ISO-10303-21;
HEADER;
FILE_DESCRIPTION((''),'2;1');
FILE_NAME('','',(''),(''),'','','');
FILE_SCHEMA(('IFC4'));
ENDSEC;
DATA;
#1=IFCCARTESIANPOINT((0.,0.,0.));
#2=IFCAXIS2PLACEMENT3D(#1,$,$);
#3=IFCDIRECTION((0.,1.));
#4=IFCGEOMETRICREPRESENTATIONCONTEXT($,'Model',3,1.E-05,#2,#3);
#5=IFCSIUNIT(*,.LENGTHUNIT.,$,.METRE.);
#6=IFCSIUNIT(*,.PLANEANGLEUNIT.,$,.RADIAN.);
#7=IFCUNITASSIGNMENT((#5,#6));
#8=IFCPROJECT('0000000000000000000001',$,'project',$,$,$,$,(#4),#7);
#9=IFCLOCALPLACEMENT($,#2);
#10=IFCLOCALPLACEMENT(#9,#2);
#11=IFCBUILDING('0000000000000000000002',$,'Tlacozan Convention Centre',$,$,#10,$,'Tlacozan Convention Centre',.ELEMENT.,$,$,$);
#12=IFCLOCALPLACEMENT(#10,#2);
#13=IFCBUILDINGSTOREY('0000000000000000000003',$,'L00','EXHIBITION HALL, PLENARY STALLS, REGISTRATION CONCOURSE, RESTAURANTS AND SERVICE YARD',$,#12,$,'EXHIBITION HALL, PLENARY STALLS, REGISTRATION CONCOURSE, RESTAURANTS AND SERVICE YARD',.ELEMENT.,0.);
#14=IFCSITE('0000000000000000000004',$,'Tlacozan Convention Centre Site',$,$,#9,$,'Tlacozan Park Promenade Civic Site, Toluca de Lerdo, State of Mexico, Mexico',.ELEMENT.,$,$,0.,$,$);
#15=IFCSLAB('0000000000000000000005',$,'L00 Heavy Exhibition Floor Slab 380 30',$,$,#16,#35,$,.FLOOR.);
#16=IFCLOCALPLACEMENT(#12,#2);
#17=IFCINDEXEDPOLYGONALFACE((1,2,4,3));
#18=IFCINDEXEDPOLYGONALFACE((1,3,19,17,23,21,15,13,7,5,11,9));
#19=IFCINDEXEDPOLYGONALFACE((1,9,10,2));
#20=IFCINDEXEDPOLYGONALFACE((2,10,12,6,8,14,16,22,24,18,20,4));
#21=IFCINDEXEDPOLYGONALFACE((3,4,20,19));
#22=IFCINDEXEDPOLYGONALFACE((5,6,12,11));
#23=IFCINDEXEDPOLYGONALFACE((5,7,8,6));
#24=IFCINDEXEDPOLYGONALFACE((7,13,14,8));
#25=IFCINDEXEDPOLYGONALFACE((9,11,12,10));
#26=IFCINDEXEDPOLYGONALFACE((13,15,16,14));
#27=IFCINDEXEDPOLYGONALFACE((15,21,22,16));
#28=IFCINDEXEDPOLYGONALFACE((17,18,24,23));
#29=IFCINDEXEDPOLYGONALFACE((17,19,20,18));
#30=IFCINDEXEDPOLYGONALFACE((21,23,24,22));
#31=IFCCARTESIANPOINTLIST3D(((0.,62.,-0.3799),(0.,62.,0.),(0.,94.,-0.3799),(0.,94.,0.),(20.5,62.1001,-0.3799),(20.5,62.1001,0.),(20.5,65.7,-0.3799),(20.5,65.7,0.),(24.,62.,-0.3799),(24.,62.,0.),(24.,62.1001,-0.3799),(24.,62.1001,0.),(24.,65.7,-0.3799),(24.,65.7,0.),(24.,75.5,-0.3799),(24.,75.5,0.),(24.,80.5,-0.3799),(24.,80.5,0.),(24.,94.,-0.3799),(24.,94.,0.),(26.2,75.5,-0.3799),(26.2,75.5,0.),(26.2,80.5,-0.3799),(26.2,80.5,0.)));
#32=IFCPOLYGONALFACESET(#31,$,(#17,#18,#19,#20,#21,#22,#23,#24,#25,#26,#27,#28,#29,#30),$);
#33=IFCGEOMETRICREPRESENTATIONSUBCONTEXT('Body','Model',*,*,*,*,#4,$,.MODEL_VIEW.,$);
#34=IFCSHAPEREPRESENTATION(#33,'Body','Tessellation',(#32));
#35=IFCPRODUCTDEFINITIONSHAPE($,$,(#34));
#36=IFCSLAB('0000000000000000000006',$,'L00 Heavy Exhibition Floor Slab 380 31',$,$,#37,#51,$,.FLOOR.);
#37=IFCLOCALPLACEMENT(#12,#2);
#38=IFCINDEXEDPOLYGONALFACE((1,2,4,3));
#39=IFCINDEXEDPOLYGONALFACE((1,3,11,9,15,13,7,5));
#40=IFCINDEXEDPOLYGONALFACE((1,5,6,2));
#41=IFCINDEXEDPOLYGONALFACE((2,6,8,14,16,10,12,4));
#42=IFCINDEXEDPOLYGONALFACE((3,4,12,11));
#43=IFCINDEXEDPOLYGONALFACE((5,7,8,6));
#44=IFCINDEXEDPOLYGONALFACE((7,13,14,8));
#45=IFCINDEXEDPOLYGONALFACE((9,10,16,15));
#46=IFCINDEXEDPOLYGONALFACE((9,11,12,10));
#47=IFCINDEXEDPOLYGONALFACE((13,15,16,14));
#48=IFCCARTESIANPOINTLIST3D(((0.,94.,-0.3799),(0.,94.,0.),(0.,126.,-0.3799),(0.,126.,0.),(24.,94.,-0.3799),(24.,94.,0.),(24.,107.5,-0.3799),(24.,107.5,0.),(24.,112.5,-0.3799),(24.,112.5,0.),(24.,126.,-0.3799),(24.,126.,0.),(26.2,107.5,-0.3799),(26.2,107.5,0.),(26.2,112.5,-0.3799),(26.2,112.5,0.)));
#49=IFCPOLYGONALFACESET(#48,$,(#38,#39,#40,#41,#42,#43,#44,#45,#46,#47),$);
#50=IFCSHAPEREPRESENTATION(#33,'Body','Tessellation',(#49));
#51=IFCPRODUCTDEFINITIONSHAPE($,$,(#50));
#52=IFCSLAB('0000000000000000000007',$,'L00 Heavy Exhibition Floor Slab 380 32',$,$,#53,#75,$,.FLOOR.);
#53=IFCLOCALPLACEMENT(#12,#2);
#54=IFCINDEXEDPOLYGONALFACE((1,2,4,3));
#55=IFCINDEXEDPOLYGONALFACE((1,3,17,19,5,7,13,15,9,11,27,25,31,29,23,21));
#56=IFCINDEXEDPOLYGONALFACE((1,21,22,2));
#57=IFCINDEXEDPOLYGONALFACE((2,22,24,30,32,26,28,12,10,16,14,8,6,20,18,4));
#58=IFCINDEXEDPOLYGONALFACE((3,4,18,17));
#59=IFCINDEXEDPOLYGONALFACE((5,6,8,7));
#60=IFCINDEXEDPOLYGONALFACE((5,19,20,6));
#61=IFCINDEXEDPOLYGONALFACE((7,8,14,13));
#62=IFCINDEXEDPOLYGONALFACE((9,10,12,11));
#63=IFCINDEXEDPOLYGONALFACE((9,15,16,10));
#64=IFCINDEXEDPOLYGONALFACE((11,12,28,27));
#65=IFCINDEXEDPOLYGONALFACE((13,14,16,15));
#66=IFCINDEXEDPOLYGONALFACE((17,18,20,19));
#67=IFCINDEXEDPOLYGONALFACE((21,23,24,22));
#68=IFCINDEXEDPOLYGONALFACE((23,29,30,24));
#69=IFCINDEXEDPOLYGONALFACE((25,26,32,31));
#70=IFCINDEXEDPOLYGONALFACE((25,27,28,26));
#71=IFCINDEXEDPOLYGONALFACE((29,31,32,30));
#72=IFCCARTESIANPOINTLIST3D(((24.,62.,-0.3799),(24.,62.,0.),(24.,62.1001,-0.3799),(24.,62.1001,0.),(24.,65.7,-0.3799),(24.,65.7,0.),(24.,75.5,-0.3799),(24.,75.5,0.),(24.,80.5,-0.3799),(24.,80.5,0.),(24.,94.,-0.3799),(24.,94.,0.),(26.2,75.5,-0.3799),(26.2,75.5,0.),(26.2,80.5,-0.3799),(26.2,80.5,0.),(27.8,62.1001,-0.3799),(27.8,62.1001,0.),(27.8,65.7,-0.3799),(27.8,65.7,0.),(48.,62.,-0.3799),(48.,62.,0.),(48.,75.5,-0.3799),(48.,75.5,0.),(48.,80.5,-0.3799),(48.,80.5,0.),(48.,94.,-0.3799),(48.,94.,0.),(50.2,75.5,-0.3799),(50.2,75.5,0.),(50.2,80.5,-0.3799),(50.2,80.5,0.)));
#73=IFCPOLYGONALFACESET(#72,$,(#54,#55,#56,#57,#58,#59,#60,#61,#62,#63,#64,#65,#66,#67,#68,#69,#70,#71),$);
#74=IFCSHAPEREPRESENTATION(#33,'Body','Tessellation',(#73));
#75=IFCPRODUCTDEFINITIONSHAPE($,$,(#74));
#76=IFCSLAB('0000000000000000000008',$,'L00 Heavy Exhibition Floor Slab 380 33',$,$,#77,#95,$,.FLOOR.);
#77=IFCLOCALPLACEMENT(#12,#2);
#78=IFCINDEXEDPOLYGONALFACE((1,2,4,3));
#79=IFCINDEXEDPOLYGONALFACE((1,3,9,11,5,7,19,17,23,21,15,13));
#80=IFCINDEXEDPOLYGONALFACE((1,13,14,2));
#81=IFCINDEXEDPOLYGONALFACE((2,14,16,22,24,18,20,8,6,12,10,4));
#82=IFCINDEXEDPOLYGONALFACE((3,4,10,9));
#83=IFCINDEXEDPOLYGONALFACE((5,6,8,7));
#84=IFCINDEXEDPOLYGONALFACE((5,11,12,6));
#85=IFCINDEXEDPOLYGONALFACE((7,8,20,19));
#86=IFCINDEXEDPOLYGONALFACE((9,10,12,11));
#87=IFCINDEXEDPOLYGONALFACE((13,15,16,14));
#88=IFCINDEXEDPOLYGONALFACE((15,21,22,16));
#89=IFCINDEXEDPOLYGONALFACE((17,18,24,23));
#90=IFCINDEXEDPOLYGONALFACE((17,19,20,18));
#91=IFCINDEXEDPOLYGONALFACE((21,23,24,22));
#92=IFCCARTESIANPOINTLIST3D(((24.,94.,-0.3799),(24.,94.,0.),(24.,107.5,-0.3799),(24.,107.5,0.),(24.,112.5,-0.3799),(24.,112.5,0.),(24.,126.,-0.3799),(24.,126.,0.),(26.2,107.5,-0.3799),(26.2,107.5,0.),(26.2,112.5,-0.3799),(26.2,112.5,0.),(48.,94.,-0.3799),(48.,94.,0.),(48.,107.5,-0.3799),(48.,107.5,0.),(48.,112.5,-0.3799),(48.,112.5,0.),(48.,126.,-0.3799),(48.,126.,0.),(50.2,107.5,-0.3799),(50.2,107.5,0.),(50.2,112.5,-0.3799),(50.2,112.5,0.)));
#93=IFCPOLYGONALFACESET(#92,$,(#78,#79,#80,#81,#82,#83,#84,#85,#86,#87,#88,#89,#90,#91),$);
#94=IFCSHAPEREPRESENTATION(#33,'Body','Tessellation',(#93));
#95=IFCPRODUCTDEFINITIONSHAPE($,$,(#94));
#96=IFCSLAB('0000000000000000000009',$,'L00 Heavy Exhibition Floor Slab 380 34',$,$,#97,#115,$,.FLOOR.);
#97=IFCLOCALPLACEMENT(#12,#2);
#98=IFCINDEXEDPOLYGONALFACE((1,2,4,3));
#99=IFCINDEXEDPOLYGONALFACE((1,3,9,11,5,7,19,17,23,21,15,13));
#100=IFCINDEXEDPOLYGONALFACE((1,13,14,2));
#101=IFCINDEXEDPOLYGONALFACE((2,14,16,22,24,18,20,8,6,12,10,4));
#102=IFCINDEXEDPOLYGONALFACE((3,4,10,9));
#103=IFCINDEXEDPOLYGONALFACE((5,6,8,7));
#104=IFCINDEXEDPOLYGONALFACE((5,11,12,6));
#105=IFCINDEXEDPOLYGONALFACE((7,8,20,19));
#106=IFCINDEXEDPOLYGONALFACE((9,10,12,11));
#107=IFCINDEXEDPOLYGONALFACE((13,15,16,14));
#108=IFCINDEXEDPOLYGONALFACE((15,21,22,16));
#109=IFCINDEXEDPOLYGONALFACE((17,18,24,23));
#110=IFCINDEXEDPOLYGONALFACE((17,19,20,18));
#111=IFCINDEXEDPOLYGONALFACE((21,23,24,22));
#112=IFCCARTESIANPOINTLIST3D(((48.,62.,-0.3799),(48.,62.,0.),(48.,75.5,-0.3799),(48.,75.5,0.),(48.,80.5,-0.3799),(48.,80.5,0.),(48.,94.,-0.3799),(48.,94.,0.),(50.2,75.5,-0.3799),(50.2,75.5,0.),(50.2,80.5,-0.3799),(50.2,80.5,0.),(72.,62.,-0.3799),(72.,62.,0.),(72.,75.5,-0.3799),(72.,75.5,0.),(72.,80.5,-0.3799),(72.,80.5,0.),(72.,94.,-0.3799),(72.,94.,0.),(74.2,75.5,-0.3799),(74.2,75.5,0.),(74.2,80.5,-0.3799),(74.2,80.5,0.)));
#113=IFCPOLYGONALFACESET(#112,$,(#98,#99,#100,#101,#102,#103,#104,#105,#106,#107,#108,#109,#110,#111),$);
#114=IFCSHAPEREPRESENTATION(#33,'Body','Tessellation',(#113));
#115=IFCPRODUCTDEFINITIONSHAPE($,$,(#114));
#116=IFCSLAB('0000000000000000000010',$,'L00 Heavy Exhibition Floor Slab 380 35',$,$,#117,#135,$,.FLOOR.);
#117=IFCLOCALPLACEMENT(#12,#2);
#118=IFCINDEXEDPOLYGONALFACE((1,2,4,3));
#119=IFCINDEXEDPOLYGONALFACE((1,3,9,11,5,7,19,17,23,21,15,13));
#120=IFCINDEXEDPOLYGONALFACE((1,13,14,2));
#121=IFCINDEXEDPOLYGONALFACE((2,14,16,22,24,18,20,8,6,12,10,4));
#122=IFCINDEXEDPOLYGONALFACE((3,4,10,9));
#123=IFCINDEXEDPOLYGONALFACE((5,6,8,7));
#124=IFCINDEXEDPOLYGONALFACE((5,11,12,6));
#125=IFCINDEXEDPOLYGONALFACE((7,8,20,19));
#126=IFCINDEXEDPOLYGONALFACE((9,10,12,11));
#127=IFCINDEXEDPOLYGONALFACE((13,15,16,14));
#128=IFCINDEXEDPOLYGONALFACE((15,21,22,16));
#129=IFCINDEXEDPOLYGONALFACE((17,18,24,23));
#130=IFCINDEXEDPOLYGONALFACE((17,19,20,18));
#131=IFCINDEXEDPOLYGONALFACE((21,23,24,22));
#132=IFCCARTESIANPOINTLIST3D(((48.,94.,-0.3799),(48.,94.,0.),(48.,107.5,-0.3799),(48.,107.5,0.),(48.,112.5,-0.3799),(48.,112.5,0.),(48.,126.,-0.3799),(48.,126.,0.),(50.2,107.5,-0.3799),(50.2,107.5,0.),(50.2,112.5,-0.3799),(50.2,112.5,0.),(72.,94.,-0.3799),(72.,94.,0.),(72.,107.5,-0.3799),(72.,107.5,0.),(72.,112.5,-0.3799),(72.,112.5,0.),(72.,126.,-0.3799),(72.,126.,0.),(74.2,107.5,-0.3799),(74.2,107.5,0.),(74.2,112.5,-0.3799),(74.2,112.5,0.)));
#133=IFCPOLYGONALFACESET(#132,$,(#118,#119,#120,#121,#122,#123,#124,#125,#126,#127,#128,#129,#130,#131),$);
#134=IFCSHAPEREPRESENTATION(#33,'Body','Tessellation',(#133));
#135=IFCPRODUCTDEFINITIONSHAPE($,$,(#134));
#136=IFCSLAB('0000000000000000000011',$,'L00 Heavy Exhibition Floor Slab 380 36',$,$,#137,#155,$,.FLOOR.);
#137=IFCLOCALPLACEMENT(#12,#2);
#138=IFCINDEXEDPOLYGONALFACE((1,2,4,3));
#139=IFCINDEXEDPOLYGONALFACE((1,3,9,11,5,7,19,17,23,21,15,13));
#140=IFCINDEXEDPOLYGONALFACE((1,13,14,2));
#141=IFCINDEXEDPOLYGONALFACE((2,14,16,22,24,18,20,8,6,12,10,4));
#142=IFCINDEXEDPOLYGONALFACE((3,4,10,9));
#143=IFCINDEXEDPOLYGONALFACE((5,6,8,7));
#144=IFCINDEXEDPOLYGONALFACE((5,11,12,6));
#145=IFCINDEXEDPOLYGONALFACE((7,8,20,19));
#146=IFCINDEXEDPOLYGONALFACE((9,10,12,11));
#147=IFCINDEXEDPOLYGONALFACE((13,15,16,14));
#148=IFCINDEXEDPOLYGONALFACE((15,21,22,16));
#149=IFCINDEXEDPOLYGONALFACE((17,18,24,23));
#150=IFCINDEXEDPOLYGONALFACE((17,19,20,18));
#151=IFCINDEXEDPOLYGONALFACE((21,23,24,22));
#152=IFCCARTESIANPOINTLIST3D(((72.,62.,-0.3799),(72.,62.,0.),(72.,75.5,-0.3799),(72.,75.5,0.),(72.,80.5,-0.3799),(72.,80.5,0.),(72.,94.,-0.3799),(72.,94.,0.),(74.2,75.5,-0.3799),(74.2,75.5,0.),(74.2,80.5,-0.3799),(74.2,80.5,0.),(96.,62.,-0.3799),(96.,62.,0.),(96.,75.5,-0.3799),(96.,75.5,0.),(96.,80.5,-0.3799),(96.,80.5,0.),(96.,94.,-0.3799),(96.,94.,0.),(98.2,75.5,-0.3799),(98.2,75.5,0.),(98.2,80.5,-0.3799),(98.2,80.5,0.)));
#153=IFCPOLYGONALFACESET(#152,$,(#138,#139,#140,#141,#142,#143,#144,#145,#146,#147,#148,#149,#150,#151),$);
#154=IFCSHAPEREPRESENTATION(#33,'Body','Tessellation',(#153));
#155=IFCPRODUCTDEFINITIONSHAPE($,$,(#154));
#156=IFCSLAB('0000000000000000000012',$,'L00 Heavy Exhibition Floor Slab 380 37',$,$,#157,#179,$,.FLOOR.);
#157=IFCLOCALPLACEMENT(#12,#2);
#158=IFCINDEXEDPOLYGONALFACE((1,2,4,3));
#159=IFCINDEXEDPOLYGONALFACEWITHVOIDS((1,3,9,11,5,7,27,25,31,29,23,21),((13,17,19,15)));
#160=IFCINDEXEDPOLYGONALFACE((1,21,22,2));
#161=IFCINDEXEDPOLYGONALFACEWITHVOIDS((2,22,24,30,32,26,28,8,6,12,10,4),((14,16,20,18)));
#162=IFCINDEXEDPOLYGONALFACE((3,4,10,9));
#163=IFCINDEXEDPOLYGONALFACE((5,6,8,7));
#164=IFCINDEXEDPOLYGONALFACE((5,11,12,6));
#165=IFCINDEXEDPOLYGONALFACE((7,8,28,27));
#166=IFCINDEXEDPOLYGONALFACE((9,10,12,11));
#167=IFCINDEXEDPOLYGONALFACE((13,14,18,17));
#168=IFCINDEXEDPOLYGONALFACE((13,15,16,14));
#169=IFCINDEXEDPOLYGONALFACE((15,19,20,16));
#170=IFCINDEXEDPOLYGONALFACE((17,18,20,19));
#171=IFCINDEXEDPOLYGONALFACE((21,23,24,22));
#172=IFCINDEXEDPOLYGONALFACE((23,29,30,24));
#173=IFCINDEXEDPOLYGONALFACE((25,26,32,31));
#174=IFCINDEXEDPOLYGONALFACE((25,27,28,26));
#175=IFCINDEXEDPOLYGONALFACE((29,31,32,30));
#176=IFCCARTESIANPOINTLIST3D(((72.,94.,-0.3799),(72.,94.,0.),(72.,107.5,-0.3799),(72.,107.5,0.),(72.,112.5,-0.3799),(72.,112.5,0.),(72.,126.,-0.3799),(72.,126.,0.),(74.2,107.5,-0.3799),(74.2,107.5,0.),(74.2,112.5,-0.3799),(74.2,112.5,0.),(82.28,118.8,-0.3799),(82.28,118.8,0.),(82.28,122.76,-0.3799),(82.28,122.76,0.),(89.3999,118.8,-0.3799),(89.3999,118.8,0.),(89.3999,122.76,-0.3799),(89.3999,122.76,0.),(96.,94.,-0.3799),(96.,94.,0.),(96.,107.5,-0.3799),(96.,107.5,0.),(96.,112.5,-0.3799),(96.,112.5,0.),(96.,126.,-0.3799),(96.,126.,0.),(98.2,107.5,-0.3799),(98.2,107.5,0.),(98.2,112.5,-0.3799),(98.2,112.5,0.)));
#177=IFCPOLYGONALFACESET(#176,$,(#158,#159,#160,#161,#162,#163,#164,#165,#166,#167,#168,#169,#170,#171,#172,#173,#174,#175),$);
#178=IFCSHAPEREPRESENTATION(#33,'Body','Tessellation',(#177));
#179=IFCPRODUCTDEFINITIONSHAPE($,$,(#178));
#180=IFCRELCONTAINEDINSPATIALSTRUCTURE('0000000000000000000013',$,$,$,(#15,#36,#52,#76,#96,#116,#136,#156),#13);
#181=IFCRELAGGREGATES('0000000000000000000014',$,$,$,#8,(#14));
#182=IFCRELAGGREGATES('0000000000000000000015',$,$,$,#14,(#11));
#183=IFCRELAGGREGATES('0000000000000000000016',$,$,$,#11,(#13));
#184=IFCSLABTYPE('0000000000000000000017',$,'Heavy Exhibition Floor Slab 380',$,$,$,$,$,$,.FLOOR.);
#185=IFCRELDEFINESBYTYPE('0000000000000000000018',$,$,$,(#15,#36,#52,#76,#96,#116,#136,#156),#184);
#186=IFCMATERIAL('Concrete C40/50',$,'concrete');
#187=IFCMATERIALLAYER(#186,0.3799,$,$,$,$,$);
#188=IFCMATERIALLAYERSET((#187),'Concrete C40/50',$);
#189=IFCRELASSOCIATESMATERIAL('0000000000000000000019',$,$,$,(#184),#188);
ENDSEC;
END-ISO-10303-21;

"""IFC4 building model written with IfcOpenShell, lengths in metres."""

from ifc_helpers import new_model, si_unit, direction, frame, origin, place, context, subcontext, project, spatial, polyline, outline, extrude, material, layer, layer_set, type_object, element, save


model = new_model("IFC4")

# Units and contexts
model_context = context("Model", 3, precision=1e-05, world=origin(), true_north=direction((0.0, 1.0)))
body_context = subcontext(model_context, "Body", "Model", "MODEL_VIEW")
ifc_project = project(units=[si_unit("LENGTHUNIT", "METRE"), si_unit("PLANEANGLEUNIT", "RADIAN")], contexts=[model_context])

# Site, building, storey
site_placement = place(None, origin())
site = spatial("IfcSite", under=ifc_project, at=site_placement, Name="Tlacozan Convention Centre Site", LongName="Tlacozan Park Promenade Civic Site, Toluca de Lerdo, State of Mexico, Mexico", CompositionType="ELEMENT", RefElevation=0.0)
building_placement = place(site_placement, origin())
building = spatial("IfcBuilding", under=site, at=building_placement, Name="Tlacozan Convention Centre", LongName="Tlacozan Convention Centre", CompositionType="ELEMENT")
storey_placement = place(building_placement, origin())
storey = spatial("IfcBuildingStorey", under=building, at=storey_placement, Name="L00", Description="EXHIBITION HALL, PLENARY STALLS, REGISTRATION CONCOURSE, RESTAURANTS AND SERVICE YARD", LongName="EXHIBITION HALL, PLENARY STALLS, REGISTRATION CONCOURSE, RESTAURANTS AND SERVICE YARD", CompositionType="ELEMENT", Elevation=0.0)

# Slabs
ifc_material = material(Name="Concrete C40/50", Category="concrete")
ifc_layer_1 = layer(ifc_material, 0.3799)
ifc_layer_set_1 = layer_set([ifc_layer_1], Name="Concrete C40/50")
slab_type_1 = type_object("IfcSlabType", Name="Heavy Exhibition Floor Slab 380", PredefinedType="FLOOR", material=ifc_layer_set_1)
slab_1_placement = place(storey_placement, frame((0.0, 0.0, -0.3799)))
element("IfcSlab", 1, at=slab_1_placement, inside=storey, type_object=slab_type_1, Name="L00 Heavy Exhibition Floor Slab 380 30", PredefinedType="FLOOR", context=body_context, shape_type="SweptSolid", body=[
    extrude(outline(polyline([(0.0, 62.0), (0.0, 94.0), (24.0, 94.0), (24.0, 80.5), (26.2, 80.5), (26.2, 75.5), (24.0, 75.5), (24.0, 65.7), (20.5, 65.7), (20.5, 62.1001), (24.0, 62.1001), (24.0, 62.0), (0.0, 62.0)])), origin(), (0.0, 0.0, 1.0), 0.3799),
])
slab_2_placement = place(storey_placement, frame((0.0, 0.0, -0.3799)))
element("IfcSlab", 2, at=slab_2_placement, inside=storey, type_object=slab_type_1, Name="L00 Heavy Exhibition Floor Slab 380 31", PredefinedType="FLOOR", context=body_context, shape_type="SweptSolid", body=[
    extrude(outline(polyline([(0.0, 94.0), (0.0, 126.0), (24.0, 126.0), (24.0, 112.5), (26.2, 112.5), (26.2, 107.5), (24.0, 107.5), (24.0, 94.0), (0.0, 94.0)])), origin(), (0.0, 0.0, 1.0), 0.3799),
])
slab_3_placement = place(storey_placement, frame((0.0, 0.0, -0.3799)))
element("IfcSlab", 3, at=slab_3_placement, inside=storey, type_object=slab_type_1, Name="L00 Heavy Exhibition Floor Slab 380 32", PredefinedType="FLOOR", context=body_context, shape_type="SweptSolid", body=[
    extrude(outline(polyline([(24.0, 62.1001), (27.8, 62.1001), (27.8, 65.7), (24.0, 65.7), (24.0, 75.5), (26.2, 75.5), (26.2, 80.5), (24.0, 80.5), (24.0, 94.0), (48.0, 94.0), (48.0, 80.5), (50.2, 80.5), (50.2, 75.5), (48.0, 75.5), (48.0, 62.0), (24.0, 62.0), (24.0, 62.1001)])), origin(), (0.0, 0.0, 1.0), 0.3799),
])
slab_4_placement = place(storey_placement, frame((0.0, 0.0, -0.3799)))
element("IfcSlab", 4, at=slab_4_placement, inside=storey, type_object=slab_type_1, Name="L00 Heavy Exhibition Floor Slab 380 33", PredefinedType="FLOOR", context=body_context, shape_type="SweptSolid", body=[
    extrude(outline(polyline([(24.0, 107.5), (26.2, 107.5), (26.2, 112.5), (24.0, 112.5), (24.0, 126.0), (48.0, 126.0), (48.0, 112.5), (50.2, 112.5), (50.2, 107.5), (48.0, 107.5), (48.0, 94.0), (24.0, 94.0), (24.0, 107.5)])), origin(), (0.0, 0.0, 1.0), 0.3799),
])
slab_5_placement = place(storey_placement, frame((0.0, 0.0, -0.3799)))
element("IfcSlab", 5, at=slab_5_placement, inside=storey, type_object=slab_type_1, Name="L00 Heavy Exhibition Floor Slab 380 34", PredefinedType="FLOOR", context=body_context, shape_type="SweptSolid", body=[
    extrude(outline(polyline([(48.0, 75.5), (50.2, 75.5), (50.2, 80.5), (48.0, 80.5), (48.0, 94.0), (72.0, 94.0), (72.0, 80.5), (74.2, 80.5), (74.2, 75.5), (72.0, 75.5), (72.0, 62.0), (48.0, 62.0), (48.0, 75.5)])), origin(), (0.0, 0.0, 1.0), 0.3799),
])
slab_6_placement = place(storey_placement, frame((0.0, 0.0, -0.3799)))
element("IfcSlab", 6, at=slab_6_placement, inside=storey, type_object=slab_type_1, Name="L00 Heavy Exhibition Floor Slab 380 35", PredefinedType="FLOOR", context=body_context, shape_type="SweptSolid", body=[
    extrude(outline(polyline([(48.0, 107.5), (50.2, 107.5), (50.2, 112.5), (48.0, 112.5), (48.0, 126.0), (72.0, 126.0), (72.0, 112.5), (74.2, 112.5), (74.2, 107.5), (72.0, 107.5), (72.0, 94.0), (48.0, 94.0), (48.0, 107.5)])), origin(), (0.0, 0.0, 1.0), 0.3799),
])
slab_7_placement = place(storey_placement, frame((0.0, 0.0, -0.3799)))
element("IfcSlab", 7, at=slab_7_placement, inside=storey, type_object=slab_type_1, Name="L00 Heavy Exhibition Floor Slab 380 36", PredefinedType="FLOOR", context=body_context, shape_type="SweptSolid", body=[
    extrude(outline(polyline([(72.0, 75.5), (74.2, 75.5), (74.2, 80.5), (72.0, 80.5), (72.0, 94.0), (96.0, 94.0), (96.0, 80.5), (98.2, 80.5), (98.2, 75.5), (96.0, 75.5), (96.0, 62.0), (72.0, 62.0), (72.0, 75.5)])), origin(), (0.0, 0.0, 1.0), 0.3799),
])
slab_8_placement = place(storey_placement, frame((0.0, 0.0, -0.3799)))
element("IfcSlab", 8, at=slab_8_placement, inside=storey, type_object=slab_type_1, Name="L00 Heavy Exhibition Floor Slab 380 37", PredefinedType="FLOOR", context=body_context, shape_type="SweptSolid", body=[
    extrude(outline(polyline([(72.0, 107.5), (74.2, 107.5), (74.2, 112.5), (72.0, 112.5), (72.0, 126.0), (96.0, 126.0), (96.0, 112.5), (98.2, 112.5), (98.2, 107.5), (96.0, 107.5), (96.0, 94.0), (72.0, 94.0), (72.0, 107.5)]), holes=[polyline([(82.28, 118.8), (89.3999, 118.8), (89.3999, 122.76), (82.28, 122.76), (82.28, 118.8)])]), origin(), (0.0, 0.0, 1.0), 0.3799),
])

save(model, "model.ifc")
